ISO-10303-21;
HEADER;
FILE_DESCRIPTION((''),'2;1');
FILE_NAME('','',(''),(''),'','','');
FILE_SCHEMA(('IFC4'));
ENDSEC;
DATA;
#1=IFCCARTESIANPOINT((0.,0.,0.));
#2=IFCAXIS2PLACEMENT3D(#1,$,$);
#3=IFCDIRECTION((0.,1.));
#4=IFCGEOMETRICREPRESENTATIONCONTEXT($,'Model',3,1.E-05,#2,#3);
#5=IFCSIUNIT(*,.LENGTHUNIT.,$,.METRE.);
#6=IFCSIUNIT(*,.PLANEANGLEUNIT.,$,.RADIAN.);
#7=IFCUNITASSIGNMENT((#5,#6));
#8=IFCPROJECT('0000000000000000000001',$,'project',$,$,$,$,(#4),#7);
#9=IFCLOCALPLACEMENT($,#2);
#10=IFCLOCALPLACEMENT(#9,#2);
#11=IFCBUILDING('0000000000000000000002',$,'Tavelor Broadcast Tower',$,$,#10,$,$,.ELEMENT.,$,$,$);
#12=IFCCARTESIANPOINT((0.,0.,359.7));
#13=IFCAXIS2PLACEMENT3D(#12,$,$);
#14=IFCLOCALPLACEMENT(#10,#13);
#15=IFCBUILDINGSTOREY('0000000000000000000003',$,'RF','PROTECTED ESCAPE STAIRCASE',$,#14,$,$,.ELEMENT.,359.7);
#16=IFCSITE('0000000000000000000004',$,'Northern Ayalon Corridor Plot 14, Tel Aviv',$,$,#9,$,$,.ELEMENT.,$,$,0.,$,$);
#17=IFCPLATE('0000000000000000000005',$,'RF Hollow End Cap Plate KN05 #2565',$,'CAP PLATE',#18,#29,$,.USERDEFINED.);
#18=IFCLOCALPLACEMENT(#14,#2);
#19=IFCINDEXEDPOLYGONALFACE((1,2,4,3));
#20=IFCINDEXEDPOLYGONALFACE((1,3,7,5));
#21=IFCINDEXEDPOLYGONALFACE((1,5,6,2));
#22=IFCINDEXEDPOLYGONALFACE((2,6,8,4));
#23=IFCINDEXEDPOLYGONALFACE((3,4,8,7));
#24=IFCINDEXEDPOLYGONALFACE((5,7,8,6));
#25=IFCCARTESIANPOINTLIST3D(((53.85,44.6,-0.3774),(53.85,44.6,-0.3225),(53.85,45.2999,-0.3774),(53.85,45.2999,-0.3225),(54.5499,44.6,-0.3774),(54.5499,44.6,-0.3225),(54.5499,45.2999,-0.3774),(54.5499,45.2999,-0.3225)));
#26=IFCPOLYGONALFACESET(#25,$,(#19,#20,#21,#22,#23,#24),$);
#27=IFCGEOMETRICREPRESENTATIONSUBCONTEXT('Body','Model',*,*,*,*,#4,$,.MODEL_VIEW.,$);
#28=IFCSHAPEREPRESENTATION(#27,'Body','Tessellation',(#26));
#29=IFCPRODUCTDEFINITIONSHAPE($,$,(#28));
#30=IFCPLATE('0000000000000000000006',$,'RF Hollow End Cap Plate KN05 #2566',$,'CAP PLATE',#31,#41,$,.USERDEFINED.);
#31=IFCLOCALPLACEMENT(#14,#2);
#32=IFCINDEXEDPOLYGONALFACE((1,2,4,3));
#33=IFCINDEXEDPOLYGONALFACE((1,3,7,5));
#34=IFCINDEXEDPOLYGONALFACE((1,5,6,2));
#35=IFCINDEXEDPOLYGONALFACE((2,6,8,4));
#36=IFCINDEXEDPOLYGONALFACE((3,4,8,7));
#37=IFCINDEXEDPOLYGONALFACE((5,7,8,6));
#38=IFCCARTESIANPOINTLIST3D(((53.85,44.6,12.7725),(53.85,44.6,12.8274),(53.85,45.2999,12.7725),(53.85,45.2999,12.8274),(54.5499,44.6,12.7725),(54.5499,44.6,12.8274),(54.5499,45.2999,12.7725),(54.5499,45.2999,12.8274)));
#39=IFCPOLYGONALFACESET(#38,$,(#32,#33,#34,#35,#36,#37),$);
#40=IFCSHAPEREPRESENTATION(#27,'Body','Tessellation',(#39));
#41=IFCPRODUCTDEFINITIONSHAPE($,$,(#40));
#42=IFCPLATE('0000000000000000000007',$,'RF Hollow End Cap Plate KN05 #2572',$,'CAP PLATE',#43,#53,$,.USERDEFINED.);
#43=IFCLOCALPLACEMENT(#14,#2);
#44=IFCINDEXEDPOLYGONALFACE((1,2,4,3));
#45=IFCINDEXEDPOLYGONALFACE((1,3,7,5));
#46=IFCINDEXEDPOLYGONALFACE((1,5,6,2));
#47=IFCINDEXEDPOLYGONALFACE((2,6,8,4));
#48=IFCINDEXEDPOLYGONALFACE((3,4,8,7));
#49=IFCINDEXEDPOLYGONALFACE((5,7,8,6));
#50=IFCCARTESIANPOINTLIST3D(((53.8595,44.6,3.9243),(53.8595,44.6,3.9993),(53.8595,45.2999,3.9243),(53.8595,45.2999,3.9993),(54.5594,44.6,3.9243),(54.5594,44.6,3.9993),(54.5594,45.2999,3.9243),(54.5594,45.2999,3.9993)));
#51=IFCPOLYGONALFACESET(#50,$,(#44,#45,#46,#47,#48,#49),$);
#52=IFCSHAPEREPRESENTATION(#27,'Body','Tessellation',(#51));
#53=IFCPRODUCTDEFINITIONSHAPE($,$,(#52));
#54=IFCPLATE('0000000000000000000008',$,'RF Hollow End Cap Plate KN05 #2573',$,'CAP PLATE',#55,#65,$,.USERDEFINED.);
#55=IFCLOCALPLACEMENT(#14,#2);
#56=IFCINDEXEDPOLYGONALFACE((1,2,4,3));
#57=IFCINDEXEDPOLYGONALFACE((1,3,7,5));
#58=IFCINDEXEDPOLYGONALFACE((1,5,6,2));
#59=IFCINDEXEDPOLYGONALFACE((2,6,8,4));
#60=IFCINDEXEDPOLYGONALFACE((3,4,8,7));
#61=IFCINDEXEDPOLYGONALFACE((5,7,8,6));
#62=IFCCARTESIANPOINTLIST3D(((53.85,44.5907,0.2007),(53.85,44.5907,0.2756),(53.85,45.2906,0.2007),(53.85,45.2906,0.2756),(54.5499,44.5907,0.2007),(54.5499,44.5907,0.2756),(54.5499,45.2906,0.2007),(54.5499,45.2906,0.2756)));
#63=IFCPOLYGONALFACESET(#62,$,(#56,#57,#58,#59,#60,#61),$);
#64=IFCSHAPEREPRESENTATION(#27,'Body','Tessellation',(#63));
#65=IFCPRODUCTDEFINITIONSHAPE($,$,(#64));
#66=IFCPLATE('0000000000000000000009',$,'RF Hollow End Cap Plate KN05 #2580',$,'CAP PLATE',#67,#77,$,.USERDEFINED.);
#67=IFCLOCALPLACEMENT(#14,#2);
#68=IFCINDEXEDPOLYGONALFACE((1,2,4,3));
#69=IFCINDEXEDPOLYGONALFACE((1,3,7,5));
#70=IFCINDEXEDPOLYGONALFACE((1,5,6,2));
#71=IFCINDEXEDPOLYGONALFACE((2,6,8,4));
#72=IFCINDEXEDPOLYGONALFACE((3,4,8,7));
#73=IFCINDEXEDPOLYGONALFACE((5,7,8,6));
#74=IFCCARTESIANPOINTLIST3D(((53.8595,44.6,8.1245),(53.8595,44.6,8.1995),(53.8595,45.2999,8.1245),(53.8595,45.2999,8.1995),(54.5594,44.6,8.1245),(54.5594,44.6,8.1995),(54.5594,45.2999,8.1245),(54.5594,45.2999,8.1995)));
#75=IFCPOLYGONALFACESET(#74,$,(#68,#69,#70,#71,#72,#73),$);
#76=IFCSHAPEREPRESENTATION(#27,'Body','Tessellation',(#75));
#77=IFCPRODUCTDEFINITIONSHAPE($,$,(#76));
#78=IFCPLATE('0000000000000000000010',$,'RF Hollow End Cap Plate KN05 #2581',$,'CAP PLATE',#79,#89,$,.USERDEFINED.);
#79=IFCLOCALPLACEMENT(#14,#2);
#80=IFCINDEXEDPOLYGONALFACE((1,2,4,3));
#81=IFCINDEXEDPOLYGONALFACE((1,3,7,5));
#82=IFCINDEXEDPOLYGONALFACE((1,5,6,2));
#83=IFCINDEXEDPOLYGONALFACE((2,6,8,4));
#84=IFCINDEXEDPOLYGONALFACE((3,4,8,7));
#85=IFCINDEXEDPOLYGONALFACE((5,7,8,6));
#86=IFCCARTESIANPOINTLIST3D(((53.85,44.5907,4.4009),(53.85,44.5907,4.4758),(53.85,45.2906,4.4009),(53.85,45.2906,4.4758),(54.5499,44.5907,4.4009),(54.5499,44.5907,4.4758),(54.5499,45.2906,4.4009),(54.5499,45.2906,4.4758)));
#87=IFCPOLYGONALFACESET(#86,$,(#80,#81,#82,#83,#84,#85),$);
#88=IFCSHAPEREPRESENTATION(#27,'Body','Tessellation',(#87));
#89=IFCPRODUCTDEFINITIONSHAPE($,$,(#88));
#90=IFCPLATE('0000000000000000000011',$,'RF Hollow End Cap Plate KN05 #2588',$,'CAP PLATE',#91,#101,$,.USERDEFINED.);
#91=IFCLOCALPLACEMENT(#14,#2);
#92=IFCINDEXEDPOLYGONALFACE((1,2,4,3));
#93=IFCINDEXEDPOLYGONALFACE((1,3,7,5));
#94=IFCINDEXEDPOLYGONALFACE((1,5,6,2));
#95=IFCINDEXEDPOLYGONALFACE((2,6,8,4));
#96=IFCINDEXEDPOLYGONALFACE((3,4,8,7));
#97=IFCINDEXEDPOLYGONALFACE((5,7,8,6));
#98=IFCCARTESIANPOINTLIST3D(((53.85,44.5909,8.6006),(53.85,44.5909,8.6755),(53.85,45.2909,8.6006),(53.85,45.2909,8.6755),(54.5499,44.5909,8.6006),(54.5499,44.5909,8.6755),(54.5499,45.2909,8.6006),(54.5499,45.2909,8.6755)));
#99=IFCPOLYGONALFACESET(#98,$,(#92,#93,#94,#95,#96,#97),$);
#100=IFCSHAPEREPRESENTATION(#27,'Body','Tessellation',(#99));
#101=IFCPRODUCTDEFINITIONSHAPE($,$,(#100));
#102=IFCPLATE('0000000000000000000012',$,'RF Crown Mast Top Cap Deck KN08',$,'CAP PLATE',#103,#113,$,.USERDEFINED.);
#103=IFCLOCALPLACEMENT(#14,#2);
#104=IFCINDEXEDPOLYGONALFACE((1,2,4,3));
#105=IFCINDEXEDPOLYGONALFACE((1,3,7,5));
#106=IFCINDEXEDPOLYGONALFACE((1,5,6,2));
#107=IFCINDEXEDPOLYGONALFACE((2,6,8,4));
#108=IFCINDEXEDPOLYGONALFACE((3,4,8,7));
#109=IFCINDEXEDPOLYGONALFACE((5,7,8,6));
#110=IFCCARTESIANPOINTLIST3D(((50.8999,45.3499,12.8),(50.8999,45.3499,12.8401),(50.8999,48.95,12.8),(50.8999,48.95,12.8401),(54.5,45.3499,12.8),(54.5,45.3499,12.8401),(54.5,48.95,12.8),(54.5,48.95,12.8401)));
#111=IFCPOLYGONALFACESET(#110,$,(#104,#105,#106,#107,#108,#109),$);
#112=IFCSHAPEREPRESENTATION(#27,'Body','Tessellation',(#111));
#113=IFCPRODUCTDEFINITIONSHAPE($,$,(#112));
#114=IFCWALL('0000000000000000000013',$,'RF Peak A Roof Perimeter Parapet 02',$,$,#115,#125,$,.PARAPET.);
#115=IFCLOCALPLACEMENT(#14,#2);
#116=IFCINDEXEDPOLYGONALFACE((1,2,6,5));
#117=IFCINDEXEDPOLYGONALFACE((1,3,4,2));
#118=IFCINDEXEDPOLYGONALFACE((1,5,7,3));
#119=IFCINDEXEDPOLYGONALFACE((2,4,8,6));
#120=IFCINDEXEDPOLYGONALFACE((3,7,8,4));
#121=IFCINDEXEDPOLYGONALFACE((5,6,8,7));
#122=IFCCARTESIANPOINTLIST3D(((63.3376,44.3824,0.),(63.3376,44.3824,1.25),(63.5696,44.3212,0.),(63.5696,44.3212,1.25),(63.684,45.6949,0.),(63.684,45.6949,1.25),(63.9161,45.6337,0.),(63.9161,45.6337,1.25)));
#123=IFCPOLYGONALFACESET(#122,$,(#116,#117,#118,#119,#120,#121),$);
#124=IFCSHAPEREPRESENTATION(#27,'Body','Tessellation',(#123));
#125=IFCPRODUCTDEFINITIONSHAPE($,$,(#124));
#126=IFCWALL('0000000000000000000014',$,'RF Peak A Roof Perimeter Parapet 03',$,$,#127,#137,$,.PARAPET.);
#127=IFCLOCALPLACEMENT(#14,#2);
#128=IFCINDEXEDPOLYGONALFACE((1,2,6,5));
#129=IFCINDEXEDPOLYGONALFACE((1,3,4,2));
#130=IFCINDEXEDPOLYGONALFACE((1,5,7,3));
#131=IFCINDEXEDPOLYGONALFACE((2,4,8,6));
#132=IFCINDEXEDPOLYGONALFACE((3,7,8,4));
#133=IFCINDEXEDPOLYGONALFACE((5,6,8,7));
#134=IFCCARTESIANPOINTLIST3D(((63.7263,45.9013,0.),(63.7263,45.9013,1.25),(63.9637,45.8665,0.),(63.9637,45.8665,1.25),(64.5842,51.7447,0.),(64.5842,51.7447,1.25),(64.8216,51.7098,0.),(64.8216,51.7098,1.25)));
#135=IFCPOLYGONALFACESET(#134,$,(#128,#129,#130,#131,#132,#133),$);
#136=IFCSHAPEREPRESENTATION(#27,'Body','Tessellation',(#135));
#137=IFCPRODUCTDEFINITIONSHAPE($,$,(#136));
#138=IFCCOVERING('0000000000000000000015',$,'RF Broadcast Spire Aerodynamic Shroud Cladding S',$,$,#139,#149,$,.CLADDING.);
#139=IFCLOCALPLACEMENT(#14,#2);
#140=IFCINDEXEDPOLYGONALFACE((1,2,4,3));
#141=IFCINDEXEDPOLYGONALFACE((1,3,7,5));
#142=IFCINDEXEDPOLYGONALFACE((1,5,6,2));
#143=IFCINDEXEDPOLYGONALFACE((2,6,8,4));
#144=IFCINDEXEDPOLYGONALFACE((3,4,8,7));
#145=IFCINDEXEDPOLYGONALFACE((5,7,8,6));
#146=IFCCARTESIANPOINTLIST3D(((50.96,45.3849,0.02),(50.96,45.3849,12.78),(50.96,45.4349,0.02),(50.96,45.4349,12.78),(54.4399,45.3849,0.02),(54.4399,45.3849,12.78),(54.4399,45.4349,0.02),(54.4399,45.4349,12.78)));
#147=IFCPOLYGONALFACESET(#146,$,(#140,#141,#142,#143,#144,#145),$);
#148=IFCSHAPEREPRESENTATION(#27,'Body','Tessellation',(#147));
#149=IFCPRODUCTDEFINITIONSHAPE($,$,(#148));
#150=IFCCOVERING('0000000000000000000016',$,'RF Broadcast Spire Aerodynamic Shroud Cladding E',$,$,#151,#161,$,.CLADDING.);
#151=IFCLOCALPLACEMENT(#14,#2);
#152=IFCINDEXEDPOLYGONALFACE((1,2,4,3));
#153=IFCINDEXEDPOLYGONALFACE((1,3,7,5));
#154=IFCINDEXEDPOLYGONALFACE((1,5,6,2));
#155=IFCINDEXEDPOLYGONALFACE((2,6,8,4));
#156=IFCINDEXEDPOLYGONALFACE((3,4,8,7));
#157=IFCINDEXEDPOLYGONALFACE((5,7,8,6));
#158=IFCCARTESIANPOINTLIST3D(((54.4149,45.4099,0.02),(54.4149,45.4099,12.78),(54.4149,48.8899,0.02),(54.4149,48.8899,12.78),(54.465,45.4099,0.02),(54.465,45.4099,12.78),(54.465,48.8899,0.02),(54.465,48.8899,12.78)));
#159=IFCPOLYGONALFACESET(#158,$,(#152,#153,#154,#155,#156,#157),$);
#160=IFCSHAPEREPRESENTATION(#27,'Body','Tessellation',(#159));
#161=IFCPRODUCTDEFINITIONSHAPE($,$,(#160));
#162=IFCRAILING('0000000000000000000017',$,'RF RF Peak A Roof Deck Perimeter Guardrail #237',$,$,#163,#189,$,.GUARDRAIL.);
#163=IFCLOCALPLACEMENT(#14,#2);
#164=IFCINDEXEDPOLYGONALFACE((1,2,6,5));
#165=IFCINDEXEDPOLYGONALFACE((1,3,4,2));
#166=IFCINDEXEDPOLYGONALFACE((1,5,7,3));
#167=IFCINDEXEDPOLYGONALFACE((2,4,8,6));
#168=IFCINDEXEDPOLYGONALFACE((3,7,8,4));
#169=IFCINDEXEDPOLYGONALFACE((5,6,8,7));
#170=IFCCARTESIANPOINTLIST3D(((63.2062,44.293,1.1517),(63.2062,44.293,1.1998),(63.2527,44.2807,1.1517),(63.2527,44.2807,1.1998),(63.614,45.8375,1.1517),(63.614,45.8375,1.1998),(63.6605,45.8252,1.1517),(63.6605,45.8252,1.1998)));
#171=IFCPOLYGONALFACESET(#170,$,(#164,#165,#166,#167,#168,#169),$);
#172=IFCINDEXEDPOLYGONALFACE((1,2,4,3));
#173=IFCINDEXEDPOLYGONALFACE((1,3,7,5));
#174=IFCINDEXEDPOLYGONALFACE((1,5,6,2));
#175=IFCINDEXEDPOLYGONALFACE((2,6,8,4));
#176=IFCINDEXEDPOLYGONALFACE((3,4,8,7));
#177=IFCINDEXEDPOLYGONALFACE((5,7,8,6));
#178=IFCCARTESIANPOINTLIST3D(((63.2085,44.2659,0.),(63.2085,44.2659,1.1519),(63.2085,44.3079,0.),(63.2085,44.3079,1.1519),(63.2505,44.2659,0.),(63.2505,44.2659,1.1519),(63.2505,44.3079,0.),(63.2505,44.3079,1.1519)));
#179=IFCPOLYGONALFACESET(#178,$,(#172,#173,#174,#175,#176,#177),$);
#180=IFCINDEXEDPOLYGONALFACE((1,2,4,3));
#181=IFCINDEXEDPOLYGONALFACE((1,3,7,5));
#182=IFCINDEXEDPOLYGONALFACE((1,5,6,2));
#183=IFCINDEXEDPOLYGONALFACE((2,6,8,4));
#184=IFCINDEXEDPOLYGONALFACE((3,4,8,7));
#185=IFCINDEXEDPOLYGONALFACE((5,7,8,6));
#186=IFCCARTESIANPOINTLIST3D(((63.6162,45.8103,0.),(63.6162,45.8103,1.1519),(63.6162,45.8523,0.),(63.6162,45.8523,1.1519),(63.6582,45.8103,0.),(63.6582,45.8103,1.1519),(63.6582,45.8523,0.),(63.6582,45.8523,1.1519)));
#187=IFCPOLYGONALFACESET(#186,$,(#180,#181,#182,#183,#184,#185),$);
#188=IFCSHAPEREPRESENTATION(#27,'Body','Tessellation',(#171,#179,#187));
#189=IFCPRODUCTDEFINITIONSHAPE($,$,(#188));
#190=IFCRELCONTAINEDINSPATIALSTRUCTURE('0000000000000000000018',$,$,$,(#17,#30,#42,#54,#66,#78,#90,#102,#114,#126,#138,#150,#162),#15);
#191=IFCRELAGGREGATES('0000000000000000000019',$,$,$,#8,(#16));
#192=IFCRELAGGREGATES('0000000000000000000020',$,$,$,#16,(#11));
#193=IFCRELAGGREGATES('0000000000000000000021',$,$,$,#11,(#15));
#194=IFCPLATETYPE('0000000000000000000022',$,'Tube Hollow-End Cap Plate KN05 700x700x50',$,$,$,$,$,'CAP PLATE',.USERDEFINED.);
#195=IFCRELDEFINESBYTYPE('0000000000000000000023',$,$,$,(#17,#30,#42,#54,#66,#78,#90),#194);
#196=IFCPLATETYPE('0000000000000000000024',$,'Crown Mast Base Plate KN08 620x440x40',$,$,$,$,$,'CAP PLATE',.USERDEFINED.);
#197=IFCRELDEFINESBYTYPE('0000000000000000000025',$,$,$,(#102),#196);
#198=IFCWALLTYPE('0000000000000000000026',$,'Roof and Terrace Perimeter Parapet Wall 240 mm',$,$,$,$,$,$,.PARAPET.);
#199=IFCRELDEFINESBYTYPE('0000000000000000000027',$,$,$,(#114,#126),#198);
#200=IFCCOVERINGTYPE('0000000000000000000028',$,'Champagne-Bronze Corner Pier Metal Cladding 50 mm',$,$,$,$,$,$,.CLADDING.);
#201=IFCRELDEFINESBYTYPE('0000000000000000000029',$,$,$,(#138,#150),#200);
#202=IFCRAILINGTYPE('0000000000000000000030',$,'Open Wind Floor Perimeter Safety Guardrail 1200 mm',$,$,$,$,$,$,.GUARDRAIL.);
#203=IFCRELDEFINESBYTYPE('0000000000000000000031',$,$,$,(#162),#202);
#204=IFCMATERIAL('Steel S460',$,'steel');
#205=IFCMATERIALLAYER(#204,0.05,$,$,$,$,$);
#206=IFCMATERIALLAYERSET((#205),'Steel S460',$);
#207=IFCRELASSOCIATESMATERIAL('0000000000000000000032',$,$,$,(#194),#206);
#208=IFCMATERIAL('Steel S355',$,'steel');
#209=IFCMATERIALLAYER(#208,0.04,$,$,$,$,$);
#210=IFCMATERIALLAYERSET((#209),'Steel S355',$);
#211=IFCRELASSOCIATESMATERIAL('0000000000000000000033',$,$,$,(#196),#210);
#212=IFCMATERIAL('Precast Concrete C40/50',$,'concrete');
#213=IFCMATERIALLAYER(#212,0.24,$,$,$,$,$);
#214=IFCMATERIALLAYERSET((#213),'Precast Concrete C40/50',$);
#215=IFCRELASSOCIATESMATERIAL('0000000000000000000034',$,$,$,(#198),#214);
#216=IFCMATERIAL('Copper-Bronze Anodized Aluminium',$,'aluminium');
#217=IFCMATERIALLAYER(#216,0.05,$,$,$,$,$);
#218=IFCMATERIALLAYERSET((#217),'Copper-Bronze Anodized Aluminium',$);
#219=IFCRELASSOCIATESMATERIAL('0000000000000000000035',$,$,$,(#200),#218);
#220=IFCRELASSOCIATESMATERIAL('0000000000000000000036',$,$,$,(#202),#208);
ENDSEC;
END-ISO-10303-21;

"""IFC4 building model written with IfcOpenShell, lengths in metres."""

from ifc_helpers import new_model, si_unit, direction, frame, frame_2d, origin, origin_2d, place, context, subcontext, project, spatial, rectangle, extrude, source, transform, mapped, material, layer, layer_set, type_object, type_shapes, element, save


model = new_model("IFC4")

# Units and contexts
model_context = context("Model", 3, precision=1e-05, world=origin(), true_north=direction((0.0, 1.0)))
body_context = subcontext(model_context, "Body", "Model", "MODEL_VIEW")
ifc_project = project(units=[si_unit("LENGTHUNIT", "METRE"), si_unit("PLANEANGLEUNIT", "RADIAN")], contexts=[model_context])

# Site, building, storey
site_placement = place(None, origin())
site = spatial("IfcSite", under=ifc_project, at=site_placement, Name="Northern Ayalon Corridor Plot 14, Tel Aviv", CompositionType="ELEMENT", RefElevation=0.0)
building_placement = place(site_placement, origin())
building = spatial("IfcBuilding", under=site, at=building_placement, Name="Tavelor Broadcast Tower", CompositionType="ELEMENT")
storey_placement = place(building_placement, frame((0.0, 0.0, 359.7)))
storey = spatial("IfcBuildingStorey", under=building, at=storey_placement, Name="RF", Description="PROTECTED ESCAPE STAIRCASE", CompositionType="ELEMENT", Elevation=359.7)

# Shared definitions
ifc_material_1 = material(Name="Steel S355", Category="steel")

# Plates
ifc_material_2 = material(Name="Steel S460", Category="steel")
ifc_layer_1 = layer(ifc_material_2, 0.05)
ifc_layer_set_1 = layer_set([ifc_layer_1], Name="Steel S460")
plate_type_1 = type_object("IfcPlateType", Name="Tube Hollow-End Cap Plate KN05 700x700x50", ElementType="CAP PLATE", PredefinedType="USERDEFINED", material=ifc_layer_set_1)
shared_shape_1 = source(origin(), body_context, "Body", "SweptSolid", [
    extrude(rectangle(XDim=0.7, YDim=0.7, at=origin_2d()), origin(), (0.0, 0.0, 1.0), 0.0549),
])
for number, where, z_axis, x_axis, name in (
    (1, (54.2, 44.95, -0.3774), (0.0, 0.0, 1.0), (1.0, 0.0, 0.0), "RF Hollow End Cap Plate KN05 #2565"),
    (2, (54.2, 44.95, 12.7725), (0.0, 0.0, 1.0), (1.0, 0.0, 0.0), "RF Hollow End Cap Plate KN05 #2566"),
):
    element("IfcPlate", number, at=place(storey_placement, frame(where, z_axis=z_axis, x_axis=x_axis)), inside=storey, type_object=plate_type_1, Name=name, ObjectType="CAP PLATE", PredefinedType="USERDEFINED", context=body_context, shape_type="MappedRepresentation", body=[
        mapped(shared_shape_1, transform((0.0, 0.0, 0.0), scale=1.0)),
    ])
shared_shape_2 = source(origin(), body_context, "Body", "SweptSolid", [
    extrude(rectangle(XDim=0.7, YDim=0.7, at=origin_2d()), origin(), (0.0, 0.0, 1.0), 0.075),
])
type_shapes(plate_type_1, [shared_shape_1, shared_shape_2])
for number, where, z_axis, x_axis, name in (
    (3, (54.2095, 44.95, 3.9243), (0.0, 0.0, 1.0), (1.0, 0.0, 0.0), "RF Hollow End Cap Plate KN05 #2572"),
    (4, (54.2, 44.9407, 0.2007), (0.0, 0.0, 1.0), (1.0, 0.0, 0.0), "RF Hollow End Cap Plate KN05 #2573"),
    (5, (54.2095, 44.95, 8.1245), (0.0, 0.0, 1.0), (1.0, 0.0, 0.0), "RF Hollow End Cap Plate KN05 #2580"),
    (6, (54.2, 44.9407, 4.4009), (0.0, 0.0, 1.0), (1.0, 0.0, 0.0), "RF Hollow End Cap Plate KN05 #2581"),
    (7, (54.2, 44.9409, 8.6006), (0.0, 0.0, 1.0), (1.0, 0.0, 0.0), "RF Hollow End Cap Plate KN05 #2588"),
):
    element("IfcPlate", number, at=place(storey_placement, frame(where, z_axis=z_axis, x_axis=x_axis)), inside=storey, type_object=plate_type_1, Name=name, ObjectType="CAP PLATE", PredefinedType="USERDEFINED", context=body_context, shape_type="MappedRepresentation", body=[
        mapped(shared_shape_2, transform((0.0, 0.0, 0.0), scale=1.0)),
    ])
ifc_layer_2 = layer(ifc_material_1, 0.04)
ifc_layer_set_2 = layer_set([ifc_layer_2], Name="Steel S355")
plate_type_2 = type_object("IfcPlateType", Name="Crown Mast Base Plate KN08 620x440x40", ElementType="CAP PLATE", PredefinedType="USERDEFINED", material=ifc_layer_set_2)
shared_shape_3 = source(origin(), body_context, "Body", "SweptSolid", [
    extrude(rectangle(XDim=3.6001, YDim=3.6001, at=origin_2d()), origin(), (0.0, 0.0, 1.0), 0.04),
])
type_shapes(plate_type_2, [shared_shape_3])
plate_placement = place(storey_placement, frame((52.7, 47.1499, 12.8), z_axis=(0.0, 0.0, 1.0), x_axis=(1.0, 0.0, 0.0)))
element("IfcPlate", 8, at=plate_placement, inside=storey, type_object=plate_type_2, Name="RF Crown Mast Top Cap Deck KN08", ObjectType="CAP PLATE", PredefinedType="USERDEFINED", context=body_context, shape_type="MappedRepresentation", body=[
    mapped(shared_shape_3, transform((0.0, 0.0, 0.0), scale=1.0)),
])

# Walls
ifc_material_3 = material(Name="Precast Concrete C40/50", Category="concrete")
ifc_layer_3 = layer(ifc_material_3, 0.24)
ifc_layer_set_3 = layer_set([ifc_layer_3], Name="Precast Concrete C40/50")
wall_type = type_object("IfcWallType", Name="Roof and Terrace Perimeter Parapet Wall 240 mm", PredefinedType="PARAPET", material=ifc_layer_set_3)
wall_1_placement = place(storey_placement, frame((63.4536, 44.3518, 0.0), z_axis=(0.0, 0.0, 1.0), x_axis=(0.25521, 0.966886, 0.0)))
element("IfcWall", 9, at=wall_1_placement, inside=storey, type_object=wall_type, Name="RF Peak A Roof Perimeter Parapet 02", PredefinedType="PARAPET", context=body_context, shape_type="SweptSolid", body=[
    extrude(rectangle(XDim=1.3574, YDim=0.24, at=frame_2d((0.6787, 0.0))), origin(), (0.0, 0.0, 1.0), 1.25),
])
wall_2_placement = place(storey_placement, frame((63.845, 45.8838, 0.0), z_axis=(0.0, 0.0, 1.0), x_axis=(0.145263, 0.989393, 0.0)))
element("IfcWall", 10, at=wall_2_placement, inside=storey, type_object=wall_type, Name="RF Peak A Roof Perimeter Parapet 03", PredefinedType="PARAPET", context=body_context, shape_type="SweptSolid", body=[
    extrude(rectangle(XDim=5.906, YDim=0.24, at=frame_2d((2.9531, 0.0))), origin(), (0.0, 0.0, 1.0), 1.25),
])

# Coverings
ifc_material_4 = material(Name="Copper-Bronze Anodized Aluminium", Category="aluminium")
ifc_layer_4 = layer(ifc_material_4, 0.05)
ifc_layer_set_4 = layer_set([ifc_layer_4], Name="Copper-Bronze Anodized Aluminium")
covering_type = type_object("IfcCoveringType", Name="Champagne-Bronze Corner Pier Metal Cladding 50 mm", PredefinedType="CLADDING", material=ifc_layer_set_4)
covering_1_placement = place(storey_placement, frame((52.7, 45.4099, 0.02), z_axis=(0.0, 0.0, 1.0), x_axis=(1.0, 0.0, 0.0)))
element("IfcCovering", 11, at=covering_1_placement, inside=storey, type_object=covering_type, Name="RF Broadcast Spire Aerodynamic Shroud Cladding S", PredefinedType="CLADDING", context=body_context, shape_type="SweptSolid", body=[
    extrude(rectangle(XDim=3.48, YDim=0.05, at=origin_2d()), origin(), (0.0, 0.0, 1.0), 12.76),
])
covering_2_placement = place(storey_placement, frame((54.4399, 47.1499, 0.02), z_axis=(0.0, 0.0, 1.0), x_axis=(1.0, 0.0, 0.0)))
element("IfcCovering", 12, at=covering_2_placement, inside=storey, type_object=covering_type, Name="RF Broadcast Spire Aerodynamic Shroud Cladding E", PredefinedType="CLADDING", context=body_context, shape_type="SweptSolid", body=[
    extrude(rectangle(XDim=0.05, YDim=3.48, at=origin_2d()), origin(), (0.0, 0.0, 1.0), 12.76),
])

# Railing
railing_type = type_object("IfcRailingType", Name="Open Wind Floor Perimeter Safety Guardrail 1200 mm", PredefinedType="GUARDRAIL", material=ifc_material_1)
railing_1_placement = place(storey_placement, frame((63.2295, 44.2869, 0.0)))
element("IfcRailing", 13, at=railing_1_placement, inside=storey, type_object=railing_type, Name="RF RF Peak A Roof Deck Perimeter Guardrail #237", PredefinedType="GUARDRAIL", context=body_context, shape_type="SweptSolid", body=[
    extrude(rectangle(XDim=0.0481, YDim=0.0481, at=origin_2d()), frame((0.0, 0.0, 1.1758), z_axis=(0.255246, 0.966876, 0.0), x_axis=(-0.966876, 0.255246, 0.0)), (0.0, 0.0, 1.0), 1.5974),
    extrude(rectangle(XDim=0.042, YDim=0.042, at=origin_2d()), origin(), (0.0, 0.0, 1.0), 1.1519),
    extrude(rectangle(XDim=0.042, YDim=0.042, at=origin_2d()), frame((0.4077, 1.5444, 0.0)), (0.0, 0.0, 1.0), 1.1519),
])

save(model, "model.ifc")
